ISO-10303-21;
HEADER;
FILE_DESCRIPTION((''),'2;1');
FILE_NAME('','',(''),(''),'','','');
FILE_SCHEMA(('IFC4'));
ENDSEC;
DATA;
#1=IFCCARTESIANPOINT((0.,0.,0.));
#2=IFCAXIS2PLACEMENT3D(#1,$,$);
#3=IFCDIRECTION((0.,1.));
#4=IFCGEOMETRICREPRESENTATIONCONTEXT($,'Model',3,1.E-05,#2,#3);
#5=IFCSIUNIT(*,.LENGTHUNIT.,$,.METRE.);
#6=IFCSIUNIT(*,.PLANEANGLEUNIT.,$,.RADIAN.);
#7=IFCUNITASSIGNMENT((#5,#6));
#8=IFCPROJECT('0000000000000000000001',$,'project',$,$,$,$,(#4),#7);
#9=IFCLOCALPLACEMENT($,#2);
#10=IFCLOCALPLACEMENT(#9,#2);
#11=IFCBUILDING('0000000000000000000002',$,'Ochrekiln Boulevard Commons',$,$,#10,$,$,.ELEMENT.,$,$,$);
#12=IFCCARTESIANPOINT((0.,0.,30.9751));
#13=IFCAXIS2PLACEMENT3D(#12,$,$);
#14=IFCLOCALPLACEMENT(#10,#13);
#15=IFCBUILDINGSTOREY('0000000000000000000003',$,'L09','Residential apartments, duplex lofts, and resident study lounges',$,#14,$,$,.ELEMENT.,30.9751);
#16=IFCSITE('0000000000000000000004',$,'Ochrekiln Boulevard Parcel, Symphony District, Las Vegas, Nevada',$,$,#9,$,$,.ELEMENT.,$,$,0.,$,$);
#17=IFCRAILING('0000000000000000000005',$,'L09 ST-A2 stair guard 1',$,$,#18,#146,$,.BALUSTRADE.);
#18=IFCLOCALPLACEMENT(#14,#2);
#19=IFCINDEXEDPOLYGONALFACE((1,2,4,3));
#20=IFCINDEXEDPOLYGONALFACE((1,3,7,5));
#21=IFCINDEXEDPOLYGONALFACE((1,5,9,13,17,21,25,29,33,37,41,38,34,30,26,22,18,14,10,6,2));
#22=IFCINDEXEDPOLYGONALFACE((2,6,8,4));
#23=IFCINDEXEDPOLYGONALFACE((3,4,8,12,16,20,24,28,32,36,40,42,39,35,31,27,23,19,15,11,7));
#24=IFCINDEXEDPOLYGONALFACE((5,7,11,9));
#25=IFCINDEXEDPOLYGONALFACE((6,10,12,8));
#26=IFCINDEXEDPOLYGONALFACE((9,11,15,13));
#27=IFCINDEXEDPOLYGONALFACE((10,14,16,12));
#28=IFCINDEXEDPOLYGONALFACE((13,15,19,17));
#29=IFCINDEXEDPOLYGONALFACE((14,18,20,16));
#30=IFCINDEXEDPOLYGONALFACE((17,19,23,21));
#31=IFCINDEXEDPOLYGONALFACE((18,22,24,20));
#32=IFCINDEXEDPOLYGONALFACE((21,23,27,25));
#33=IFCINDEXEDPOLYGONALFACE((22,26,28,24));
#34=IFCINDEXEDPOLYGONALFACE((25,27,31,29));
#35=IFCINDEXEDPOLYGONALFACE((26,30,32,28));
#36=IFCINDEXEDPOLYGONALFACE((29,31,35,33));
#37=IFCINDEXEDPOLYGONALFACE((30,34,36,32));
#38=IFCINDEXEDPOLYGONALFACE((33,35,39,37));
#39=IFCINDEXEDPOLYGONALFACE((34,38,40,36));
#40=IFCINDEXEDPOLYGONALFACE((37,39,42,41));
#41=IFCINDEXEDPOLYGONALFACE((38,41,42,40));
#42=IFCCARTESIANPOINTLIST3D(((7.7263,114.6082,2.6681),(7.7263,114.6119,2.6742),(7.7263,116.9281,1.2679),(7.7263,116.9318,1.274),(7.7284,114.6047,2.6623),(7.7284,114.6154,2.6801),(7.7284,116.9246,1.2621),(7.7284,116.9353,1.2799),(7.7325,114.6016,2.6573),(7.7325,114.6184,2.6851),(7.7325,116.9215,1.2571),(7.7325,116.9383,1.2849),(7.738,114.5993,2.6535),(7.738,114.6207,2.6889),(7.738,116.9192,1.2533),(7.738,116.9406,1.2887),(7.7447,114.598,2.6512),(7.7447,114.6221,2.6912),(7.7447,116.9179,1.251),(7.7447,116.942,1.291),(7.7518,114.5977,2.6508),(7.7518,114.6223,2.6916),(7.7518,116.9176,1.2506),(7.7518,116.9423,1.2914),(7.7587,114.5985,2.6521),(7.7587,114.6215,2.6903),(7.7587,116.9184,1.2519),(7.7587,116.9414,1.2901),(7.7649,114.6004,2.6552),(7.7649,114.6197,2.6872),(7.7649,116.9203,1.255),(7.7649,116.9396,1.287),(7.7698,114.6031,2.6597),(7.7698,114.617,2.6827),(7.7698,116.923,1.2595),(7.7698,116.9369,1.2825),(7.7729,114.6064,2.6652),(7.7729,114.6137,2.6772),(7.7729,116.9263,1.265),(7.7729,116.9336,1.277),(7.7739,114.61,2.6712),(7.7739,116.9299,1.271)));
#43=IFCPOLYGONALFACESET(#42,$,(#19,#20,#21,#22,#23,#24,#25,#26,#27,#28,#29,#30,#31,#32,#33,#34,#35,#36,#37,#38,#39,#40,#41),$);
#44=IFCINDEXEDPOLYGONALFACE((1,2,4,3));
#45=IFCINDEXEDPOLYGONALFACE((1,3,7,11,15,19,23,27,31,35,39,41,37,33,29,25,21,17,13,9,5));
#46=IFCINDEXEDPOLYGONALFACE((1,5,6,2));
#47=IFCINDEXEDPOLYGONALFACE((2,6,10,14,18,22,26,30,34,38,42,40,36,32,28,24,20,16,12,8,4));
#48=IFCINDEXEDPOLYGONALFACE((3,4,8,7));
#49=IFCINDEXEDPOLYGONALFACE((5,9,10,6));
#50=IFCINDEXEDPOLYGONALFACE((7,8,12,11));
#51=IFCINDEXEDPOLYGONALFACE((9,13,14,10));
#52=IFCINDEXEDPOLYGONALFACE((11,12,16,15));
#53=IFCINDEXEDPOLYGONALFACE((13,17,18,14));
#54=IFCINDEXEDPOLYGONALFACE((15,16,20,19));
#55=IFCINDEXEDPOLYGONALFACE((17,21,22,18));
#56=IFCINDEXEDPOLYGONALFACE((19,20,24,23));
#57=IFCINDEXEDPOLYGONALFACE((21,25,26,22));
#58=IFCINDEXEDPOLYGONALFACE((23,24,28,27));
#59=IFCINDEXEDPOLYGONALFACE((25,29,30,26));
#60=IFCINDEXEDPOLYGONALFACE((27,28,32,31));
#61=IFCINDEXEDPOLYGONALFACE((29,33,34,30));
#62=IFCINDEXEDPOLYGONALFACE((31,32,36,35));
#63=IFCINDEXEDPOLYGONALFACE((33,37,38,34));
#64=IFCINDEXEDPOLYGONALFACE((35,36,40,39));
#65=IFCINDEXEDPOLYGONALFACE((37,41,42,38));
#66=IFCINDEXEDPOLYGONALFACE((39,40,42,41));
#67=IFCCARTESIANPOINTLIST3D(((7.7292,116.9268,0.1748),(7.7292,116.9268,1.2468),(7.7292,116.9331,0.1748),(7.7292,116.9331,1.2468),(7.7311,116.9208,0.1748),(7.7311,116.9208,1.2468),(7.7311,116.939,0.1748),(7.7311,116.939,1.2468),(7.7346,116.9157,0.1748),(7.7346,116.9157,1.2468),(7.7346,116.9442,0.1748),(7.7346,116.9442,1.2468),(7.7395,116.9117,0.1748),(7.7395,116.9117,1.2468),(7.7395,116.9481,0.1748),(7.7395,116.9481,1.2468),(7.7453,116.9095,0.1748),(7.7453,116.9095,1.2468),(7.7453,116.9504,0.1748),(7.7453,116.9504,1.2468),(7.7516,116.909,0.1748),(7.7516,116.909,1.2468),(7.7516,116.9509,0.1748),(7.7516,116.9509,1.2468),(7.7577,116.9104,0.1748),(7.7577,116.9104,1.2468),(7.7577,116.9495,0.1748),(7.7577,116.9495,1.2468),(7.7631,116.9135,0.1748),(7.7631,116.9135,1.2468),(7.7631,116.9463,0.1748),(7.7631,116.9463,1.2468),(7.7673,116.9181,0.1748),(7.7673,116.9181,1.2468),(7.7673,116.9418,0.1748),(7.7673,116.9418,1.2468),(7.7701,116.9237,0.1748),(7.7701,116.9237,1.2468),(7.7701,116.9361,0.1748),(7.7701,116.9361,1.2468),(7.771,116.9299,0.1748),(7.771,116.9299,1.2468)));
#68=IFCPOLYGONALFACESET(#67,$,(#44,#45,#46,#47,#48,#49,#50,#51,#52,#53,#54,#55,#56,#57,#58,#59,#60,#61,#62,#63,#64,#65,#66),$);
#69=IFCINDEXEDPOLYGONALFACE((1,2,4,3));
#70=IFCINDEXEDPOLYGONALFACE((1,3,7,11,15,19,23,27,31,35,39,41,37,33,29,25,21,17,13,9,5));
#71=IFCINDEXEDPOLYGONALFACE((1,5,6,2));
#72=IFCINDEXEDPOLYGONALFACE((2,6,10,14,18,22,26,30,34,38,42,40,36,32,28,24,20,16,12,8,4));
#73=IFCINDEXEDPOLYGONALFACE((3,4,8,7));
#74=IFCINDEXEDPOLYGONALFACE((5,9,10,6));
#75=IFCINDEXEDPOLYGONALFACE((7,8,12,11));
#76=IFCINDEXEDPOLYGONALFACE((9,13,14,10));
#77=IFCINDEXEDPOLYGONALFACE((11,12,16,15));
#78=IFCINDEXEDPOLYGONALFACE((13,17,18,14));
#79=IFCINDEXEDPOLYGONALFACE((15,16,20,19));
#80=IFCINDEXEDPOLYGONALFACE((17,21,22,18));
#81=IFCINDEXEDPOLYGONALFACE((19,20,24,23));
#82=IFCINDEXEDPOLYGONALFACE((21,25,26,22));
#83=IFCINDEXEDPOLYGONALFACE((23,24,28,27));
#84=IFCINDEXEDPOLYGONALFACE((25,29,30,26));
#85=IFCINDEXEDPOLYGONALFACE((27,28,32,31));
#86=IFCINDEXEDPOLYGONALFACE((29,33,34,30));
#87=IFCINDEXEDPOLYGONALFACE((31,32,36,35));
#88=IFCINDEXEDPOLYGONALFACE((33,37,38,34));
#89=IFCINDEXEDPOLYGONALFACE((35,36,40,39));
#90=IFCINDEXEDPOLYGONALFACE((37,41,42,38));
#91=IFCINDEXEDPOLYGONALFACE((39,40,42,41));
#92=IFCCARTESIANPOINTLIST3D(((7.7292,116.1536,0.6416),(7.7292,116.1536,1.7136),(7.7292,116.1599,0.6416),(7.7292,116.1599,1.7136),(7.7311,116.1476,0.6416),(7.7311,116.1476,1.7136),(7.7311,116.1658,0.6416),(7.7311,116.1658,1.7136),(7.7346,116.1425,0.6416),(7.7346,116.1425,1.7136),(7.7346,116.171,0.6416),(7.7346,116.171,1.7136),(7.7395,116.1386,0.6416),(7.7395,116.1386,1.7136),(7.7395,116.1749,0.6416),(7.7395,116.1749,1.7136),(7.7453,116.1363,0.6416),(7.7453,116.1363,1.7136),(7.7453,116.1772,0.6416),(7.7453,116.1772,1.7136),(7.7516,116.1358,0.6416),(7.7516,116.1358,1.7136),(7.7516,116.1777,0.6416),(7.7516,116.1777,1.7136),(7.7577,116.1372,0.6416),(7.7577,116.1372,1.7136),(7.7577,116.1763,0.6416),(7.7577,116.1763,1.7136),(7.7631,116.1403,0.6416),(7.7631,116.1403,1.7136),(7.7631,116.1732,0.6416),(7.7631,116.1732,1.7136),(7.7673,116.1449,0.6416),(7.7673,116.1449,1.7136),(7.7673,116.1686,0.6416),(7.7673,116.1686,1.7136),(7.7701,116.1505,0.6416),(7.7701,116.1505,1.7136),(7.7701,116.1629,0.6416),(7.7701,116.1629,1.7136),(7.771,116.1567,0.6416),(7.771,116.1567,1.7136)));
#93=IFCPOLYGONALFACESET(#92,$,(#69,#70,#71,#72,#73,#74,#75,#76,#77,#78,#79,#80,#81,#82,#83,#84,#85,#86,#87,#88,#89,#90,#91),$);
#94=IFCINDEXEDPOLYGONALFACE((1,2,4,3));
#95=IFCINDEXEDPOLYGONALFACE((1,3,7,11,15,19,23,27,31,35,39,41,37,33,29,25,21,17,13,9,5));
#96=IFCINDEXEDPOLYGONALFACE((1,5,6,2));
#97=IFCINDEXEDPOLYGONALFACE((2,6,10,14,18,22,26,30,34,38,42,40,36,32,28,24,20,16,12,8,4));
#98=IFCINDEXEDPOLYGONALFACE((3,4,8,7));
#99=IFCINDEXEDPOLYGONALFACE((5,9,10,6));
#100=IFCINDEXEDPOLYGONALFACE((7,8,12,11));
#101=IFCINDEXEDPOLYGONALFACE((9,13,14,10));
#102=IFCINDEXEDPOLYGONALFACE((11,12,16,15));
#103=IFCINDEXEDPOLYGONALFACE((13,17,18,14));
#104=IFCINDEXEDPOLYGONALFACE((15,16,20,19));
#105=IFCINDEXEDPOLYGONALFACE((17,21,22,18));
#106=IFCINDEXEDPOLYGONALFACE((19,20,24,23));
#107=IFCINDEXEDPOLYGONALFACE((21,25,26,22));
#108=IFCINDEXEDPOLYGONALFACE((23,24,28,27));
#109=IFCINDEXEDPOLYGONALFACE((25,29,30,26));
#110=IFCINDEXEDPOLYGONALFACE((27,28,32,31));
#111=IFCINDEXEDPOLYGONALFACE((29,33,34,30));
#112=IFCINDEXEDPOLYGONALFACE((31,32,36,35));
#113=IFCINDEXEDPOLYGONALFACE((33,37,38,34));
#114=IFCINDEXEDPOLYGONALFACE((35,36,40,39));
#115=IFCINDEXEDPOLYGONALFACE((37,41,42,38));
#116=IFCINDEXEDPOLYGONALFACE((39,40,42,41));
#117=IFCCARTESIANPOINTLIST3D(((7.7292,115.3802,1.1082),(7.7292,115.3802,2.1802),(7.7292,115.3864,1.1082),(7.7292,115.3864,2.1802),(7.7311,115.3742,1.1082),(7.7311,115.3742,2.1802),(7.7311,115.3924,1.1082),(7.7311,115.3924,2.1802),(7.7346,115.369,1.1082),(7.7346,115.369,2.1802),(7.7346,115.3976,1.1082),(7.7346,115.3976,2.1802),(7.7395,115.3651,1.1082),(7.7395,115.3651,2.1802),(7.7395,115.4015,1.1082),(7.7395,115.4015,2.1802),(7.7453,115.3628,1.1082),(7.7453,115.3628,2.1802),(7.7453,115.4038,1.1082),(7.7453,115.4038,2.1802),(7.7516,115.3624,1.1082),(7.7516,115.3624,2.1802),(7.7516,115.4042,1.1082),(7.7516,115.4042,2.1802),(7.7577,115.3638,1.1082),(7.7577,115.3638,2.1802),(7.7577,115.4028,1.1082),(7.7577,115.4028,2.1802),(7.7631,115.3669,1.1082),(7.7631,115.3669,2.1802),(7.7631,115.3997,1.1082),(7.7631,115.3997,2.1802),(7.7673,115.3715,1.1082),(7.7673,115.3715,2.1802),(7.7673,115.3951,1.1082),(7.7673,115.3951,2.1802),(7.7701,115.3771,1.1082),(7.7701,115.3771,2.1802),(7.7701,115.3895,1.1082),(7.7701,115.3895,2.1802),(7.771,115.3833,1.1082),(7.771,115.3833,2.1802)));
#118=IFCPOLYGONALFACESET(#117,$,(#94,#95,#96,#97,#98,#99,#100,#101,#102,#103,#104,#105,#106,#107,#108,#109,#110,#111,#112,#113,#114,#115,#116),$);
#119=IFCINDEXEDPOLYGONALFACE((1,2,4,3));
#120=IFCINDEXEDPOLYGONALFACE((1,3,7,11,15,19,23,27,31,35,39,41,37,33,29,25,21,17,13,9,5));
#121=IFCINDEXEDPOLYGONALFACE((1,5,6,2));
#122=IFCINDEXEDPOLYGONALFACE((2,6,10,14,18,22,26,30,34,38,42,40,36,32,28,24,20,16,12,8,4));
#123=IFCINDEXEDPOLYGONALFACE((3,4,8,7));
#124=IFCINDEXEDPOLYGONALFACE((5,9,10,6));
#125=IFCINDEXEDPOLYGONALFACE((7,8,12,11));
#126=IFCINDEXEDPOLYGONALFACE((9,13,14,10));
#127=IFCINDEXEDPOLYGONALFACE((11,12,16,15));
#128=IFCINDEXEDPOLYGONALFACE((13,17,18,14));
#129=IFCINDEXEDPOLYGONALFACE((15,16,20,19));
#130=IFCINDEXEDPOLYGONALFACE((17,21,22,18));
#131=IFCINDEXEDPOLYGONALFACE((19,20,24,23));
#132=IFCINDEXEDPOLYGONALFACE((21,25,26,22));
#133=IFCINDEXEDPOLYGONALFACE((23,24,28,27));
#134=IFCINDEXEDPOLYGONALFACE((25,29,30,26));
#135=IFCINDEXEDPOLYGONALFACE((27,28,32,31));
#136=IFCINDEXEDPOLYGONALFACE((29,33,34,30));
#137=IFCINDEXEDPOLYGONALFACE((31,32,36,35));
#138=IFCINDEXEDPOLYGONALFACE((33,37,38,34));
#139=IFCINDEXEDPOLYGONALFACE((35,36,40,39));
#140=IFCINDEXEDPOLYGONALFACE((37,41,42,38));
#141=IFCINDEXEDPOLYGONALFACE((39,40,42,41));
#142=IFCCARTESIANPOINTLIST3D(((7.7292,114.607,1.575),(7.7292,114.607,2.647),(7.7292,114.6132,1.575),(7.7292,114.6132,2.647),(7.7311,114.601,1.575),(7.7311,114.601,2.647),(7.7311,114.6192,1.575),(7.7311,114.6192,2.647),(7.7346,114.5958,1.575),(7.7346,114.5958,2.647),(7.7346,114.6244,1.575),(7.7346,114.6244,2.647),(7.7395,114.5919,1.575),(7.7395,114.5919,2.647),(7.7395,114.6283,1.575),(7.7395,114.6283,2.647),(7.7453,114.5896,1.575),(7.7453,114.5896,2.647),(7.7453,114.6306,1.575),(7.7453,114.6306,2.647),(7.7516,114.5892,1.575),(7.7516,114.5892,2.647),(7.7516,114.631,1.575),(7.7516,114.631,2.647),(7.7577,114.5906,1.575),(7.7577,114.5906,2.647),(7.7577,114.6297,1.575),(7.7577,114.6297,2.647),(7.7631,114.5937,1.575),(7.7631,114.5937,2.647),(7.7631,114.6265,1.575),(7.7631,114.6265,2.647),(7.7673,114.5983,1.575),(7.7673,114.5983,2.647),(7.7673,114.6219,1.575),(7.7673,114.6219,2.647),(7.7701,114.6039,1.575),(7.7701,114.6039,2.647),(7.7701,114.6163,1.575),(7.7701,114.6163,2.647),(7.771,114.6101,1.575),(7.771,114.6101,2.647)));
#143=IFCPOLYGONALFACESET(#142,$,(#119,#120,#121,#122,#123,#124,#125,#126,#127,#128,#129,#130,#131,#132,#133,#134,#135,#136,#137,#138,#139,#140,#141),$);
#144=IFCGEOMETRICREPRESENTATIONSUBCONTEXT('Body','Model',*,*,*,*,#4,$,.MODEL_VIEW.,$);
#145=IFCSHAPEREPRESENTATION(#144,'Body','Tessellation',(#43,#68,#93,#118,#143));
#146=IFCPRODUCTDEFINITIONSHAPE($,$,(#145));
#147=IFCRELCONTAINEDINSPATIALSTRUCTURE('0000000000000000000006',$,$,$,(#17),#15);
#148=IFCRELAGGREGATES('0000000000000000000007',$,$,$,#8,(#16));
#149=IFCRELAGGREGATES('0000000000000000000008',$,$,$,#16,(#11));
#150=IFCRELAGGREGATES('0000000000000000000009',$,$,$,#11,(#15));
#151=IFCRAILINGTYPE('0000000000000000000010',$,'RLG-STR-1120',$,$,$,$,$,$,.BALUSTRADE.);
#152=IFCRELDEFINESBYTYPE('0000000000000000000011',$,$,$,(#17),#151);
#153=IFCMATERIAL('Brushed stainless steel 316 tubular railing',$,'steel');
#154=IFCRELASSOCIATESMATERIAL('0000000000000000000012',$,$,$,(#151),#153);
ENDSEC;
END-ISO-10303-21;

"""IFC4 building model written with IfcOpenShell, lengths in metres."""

from ifc_helpers import new_model, si_unit, direction, frame, origin, origin_2d, place, context, subcontext, project, spatial, circle, extrude, material, type_object, element, save


model = new_model("IFC4")

# Units and contexts
model_context = context("Model", 3, precision=1e-05, world=origin(), true_north=direction((0.0, 1.0)))
body_context = subcontext(model_context, "Body", "Model", "MODEL_VIEW")
ifc_project = project(units=[si_unit("LENGTHUNIT", "METRE"), si_unit("PLANEANGLEUNIT", "RADIAN")], contexts=[model_context])

# Site, building, storey
site_placement = place(None, origin())
site = spatial("IfcSite", under=ifc_project, at=site_placement, Name="Ochrekiln Boulevard Parcel, Symphony District, Las Vegas, Nevada", CompositionType="ELEMENT", RefElevation=0.0)
building_placement = place(site_placement, origin())
building = spatial("IfcBuilding", under=site, at=building_placement, Name="Ochrekiln Boulevard Commons", CompositionType="ELEMENT")
storey_placement = place(building_placement, frame((0.0, 0.0, 30.9751)))
storey = spatial("IfcBuildingStorey", under=building, at=storey_placement, Name="L09", Description="Residential apartments, duplex lofts, and resident study lounges", CompositionType="ELEMENT", Elevation=30.9751)

# Railing
ifc_material_1 = material(Name="Brushed stainless steel 316 tubular railing", Category="steel")
railing_type_1 = type_object("IfcRailingType", Name="RLG-STR-1120", PredefinedType="BALUSTRADE", material=ifc_material_1)
railing_1_placement = place(storey_placement, frame((7.75, 116.9299, 0.1748)))
element("IfcRailing", 1, at=railing_1_placement, inside=storey, type_object=railing_type_1, Name="L09 ST-A2 stair guard 1", PredefinedType="BALUSTRADE", context=body_context, shape_type="SweptSolid", body=[
    extrude(circle(Radius=0.0239, at=origin_2d()), frame((0.0, 0.0, 1.0962), z_axis=(0.0, -0.856146, 0.516733), x_axis=(1.0, 0.0, 0.0)), (0.0, 0.0, 1.0), 2.7097),
    extrude(circle(Radius=0.021, at=origin_2d()), origin(), (0.0, 0.0, 1.0), 1.072),
    extrude(circle(Radius=0.021, at=origin_2d()), frame((0.0, -0.7732, 0.4668)), (0.0, 0.0, 1.0), 1.072),
    extrude(circle(Radius=0.021, at=origin_2d()), frame((0.0, -1.5466, 0.9333)), (0.0, 0.0, 1.0), 1.072),
    extrude(circle(Radius=0.021, at=origin_2d()), frame((0.0, -2.3198, 1.4001)), (0.0, 0.0, 1.0), 1.072),
])

save(model, "model.ifc")
